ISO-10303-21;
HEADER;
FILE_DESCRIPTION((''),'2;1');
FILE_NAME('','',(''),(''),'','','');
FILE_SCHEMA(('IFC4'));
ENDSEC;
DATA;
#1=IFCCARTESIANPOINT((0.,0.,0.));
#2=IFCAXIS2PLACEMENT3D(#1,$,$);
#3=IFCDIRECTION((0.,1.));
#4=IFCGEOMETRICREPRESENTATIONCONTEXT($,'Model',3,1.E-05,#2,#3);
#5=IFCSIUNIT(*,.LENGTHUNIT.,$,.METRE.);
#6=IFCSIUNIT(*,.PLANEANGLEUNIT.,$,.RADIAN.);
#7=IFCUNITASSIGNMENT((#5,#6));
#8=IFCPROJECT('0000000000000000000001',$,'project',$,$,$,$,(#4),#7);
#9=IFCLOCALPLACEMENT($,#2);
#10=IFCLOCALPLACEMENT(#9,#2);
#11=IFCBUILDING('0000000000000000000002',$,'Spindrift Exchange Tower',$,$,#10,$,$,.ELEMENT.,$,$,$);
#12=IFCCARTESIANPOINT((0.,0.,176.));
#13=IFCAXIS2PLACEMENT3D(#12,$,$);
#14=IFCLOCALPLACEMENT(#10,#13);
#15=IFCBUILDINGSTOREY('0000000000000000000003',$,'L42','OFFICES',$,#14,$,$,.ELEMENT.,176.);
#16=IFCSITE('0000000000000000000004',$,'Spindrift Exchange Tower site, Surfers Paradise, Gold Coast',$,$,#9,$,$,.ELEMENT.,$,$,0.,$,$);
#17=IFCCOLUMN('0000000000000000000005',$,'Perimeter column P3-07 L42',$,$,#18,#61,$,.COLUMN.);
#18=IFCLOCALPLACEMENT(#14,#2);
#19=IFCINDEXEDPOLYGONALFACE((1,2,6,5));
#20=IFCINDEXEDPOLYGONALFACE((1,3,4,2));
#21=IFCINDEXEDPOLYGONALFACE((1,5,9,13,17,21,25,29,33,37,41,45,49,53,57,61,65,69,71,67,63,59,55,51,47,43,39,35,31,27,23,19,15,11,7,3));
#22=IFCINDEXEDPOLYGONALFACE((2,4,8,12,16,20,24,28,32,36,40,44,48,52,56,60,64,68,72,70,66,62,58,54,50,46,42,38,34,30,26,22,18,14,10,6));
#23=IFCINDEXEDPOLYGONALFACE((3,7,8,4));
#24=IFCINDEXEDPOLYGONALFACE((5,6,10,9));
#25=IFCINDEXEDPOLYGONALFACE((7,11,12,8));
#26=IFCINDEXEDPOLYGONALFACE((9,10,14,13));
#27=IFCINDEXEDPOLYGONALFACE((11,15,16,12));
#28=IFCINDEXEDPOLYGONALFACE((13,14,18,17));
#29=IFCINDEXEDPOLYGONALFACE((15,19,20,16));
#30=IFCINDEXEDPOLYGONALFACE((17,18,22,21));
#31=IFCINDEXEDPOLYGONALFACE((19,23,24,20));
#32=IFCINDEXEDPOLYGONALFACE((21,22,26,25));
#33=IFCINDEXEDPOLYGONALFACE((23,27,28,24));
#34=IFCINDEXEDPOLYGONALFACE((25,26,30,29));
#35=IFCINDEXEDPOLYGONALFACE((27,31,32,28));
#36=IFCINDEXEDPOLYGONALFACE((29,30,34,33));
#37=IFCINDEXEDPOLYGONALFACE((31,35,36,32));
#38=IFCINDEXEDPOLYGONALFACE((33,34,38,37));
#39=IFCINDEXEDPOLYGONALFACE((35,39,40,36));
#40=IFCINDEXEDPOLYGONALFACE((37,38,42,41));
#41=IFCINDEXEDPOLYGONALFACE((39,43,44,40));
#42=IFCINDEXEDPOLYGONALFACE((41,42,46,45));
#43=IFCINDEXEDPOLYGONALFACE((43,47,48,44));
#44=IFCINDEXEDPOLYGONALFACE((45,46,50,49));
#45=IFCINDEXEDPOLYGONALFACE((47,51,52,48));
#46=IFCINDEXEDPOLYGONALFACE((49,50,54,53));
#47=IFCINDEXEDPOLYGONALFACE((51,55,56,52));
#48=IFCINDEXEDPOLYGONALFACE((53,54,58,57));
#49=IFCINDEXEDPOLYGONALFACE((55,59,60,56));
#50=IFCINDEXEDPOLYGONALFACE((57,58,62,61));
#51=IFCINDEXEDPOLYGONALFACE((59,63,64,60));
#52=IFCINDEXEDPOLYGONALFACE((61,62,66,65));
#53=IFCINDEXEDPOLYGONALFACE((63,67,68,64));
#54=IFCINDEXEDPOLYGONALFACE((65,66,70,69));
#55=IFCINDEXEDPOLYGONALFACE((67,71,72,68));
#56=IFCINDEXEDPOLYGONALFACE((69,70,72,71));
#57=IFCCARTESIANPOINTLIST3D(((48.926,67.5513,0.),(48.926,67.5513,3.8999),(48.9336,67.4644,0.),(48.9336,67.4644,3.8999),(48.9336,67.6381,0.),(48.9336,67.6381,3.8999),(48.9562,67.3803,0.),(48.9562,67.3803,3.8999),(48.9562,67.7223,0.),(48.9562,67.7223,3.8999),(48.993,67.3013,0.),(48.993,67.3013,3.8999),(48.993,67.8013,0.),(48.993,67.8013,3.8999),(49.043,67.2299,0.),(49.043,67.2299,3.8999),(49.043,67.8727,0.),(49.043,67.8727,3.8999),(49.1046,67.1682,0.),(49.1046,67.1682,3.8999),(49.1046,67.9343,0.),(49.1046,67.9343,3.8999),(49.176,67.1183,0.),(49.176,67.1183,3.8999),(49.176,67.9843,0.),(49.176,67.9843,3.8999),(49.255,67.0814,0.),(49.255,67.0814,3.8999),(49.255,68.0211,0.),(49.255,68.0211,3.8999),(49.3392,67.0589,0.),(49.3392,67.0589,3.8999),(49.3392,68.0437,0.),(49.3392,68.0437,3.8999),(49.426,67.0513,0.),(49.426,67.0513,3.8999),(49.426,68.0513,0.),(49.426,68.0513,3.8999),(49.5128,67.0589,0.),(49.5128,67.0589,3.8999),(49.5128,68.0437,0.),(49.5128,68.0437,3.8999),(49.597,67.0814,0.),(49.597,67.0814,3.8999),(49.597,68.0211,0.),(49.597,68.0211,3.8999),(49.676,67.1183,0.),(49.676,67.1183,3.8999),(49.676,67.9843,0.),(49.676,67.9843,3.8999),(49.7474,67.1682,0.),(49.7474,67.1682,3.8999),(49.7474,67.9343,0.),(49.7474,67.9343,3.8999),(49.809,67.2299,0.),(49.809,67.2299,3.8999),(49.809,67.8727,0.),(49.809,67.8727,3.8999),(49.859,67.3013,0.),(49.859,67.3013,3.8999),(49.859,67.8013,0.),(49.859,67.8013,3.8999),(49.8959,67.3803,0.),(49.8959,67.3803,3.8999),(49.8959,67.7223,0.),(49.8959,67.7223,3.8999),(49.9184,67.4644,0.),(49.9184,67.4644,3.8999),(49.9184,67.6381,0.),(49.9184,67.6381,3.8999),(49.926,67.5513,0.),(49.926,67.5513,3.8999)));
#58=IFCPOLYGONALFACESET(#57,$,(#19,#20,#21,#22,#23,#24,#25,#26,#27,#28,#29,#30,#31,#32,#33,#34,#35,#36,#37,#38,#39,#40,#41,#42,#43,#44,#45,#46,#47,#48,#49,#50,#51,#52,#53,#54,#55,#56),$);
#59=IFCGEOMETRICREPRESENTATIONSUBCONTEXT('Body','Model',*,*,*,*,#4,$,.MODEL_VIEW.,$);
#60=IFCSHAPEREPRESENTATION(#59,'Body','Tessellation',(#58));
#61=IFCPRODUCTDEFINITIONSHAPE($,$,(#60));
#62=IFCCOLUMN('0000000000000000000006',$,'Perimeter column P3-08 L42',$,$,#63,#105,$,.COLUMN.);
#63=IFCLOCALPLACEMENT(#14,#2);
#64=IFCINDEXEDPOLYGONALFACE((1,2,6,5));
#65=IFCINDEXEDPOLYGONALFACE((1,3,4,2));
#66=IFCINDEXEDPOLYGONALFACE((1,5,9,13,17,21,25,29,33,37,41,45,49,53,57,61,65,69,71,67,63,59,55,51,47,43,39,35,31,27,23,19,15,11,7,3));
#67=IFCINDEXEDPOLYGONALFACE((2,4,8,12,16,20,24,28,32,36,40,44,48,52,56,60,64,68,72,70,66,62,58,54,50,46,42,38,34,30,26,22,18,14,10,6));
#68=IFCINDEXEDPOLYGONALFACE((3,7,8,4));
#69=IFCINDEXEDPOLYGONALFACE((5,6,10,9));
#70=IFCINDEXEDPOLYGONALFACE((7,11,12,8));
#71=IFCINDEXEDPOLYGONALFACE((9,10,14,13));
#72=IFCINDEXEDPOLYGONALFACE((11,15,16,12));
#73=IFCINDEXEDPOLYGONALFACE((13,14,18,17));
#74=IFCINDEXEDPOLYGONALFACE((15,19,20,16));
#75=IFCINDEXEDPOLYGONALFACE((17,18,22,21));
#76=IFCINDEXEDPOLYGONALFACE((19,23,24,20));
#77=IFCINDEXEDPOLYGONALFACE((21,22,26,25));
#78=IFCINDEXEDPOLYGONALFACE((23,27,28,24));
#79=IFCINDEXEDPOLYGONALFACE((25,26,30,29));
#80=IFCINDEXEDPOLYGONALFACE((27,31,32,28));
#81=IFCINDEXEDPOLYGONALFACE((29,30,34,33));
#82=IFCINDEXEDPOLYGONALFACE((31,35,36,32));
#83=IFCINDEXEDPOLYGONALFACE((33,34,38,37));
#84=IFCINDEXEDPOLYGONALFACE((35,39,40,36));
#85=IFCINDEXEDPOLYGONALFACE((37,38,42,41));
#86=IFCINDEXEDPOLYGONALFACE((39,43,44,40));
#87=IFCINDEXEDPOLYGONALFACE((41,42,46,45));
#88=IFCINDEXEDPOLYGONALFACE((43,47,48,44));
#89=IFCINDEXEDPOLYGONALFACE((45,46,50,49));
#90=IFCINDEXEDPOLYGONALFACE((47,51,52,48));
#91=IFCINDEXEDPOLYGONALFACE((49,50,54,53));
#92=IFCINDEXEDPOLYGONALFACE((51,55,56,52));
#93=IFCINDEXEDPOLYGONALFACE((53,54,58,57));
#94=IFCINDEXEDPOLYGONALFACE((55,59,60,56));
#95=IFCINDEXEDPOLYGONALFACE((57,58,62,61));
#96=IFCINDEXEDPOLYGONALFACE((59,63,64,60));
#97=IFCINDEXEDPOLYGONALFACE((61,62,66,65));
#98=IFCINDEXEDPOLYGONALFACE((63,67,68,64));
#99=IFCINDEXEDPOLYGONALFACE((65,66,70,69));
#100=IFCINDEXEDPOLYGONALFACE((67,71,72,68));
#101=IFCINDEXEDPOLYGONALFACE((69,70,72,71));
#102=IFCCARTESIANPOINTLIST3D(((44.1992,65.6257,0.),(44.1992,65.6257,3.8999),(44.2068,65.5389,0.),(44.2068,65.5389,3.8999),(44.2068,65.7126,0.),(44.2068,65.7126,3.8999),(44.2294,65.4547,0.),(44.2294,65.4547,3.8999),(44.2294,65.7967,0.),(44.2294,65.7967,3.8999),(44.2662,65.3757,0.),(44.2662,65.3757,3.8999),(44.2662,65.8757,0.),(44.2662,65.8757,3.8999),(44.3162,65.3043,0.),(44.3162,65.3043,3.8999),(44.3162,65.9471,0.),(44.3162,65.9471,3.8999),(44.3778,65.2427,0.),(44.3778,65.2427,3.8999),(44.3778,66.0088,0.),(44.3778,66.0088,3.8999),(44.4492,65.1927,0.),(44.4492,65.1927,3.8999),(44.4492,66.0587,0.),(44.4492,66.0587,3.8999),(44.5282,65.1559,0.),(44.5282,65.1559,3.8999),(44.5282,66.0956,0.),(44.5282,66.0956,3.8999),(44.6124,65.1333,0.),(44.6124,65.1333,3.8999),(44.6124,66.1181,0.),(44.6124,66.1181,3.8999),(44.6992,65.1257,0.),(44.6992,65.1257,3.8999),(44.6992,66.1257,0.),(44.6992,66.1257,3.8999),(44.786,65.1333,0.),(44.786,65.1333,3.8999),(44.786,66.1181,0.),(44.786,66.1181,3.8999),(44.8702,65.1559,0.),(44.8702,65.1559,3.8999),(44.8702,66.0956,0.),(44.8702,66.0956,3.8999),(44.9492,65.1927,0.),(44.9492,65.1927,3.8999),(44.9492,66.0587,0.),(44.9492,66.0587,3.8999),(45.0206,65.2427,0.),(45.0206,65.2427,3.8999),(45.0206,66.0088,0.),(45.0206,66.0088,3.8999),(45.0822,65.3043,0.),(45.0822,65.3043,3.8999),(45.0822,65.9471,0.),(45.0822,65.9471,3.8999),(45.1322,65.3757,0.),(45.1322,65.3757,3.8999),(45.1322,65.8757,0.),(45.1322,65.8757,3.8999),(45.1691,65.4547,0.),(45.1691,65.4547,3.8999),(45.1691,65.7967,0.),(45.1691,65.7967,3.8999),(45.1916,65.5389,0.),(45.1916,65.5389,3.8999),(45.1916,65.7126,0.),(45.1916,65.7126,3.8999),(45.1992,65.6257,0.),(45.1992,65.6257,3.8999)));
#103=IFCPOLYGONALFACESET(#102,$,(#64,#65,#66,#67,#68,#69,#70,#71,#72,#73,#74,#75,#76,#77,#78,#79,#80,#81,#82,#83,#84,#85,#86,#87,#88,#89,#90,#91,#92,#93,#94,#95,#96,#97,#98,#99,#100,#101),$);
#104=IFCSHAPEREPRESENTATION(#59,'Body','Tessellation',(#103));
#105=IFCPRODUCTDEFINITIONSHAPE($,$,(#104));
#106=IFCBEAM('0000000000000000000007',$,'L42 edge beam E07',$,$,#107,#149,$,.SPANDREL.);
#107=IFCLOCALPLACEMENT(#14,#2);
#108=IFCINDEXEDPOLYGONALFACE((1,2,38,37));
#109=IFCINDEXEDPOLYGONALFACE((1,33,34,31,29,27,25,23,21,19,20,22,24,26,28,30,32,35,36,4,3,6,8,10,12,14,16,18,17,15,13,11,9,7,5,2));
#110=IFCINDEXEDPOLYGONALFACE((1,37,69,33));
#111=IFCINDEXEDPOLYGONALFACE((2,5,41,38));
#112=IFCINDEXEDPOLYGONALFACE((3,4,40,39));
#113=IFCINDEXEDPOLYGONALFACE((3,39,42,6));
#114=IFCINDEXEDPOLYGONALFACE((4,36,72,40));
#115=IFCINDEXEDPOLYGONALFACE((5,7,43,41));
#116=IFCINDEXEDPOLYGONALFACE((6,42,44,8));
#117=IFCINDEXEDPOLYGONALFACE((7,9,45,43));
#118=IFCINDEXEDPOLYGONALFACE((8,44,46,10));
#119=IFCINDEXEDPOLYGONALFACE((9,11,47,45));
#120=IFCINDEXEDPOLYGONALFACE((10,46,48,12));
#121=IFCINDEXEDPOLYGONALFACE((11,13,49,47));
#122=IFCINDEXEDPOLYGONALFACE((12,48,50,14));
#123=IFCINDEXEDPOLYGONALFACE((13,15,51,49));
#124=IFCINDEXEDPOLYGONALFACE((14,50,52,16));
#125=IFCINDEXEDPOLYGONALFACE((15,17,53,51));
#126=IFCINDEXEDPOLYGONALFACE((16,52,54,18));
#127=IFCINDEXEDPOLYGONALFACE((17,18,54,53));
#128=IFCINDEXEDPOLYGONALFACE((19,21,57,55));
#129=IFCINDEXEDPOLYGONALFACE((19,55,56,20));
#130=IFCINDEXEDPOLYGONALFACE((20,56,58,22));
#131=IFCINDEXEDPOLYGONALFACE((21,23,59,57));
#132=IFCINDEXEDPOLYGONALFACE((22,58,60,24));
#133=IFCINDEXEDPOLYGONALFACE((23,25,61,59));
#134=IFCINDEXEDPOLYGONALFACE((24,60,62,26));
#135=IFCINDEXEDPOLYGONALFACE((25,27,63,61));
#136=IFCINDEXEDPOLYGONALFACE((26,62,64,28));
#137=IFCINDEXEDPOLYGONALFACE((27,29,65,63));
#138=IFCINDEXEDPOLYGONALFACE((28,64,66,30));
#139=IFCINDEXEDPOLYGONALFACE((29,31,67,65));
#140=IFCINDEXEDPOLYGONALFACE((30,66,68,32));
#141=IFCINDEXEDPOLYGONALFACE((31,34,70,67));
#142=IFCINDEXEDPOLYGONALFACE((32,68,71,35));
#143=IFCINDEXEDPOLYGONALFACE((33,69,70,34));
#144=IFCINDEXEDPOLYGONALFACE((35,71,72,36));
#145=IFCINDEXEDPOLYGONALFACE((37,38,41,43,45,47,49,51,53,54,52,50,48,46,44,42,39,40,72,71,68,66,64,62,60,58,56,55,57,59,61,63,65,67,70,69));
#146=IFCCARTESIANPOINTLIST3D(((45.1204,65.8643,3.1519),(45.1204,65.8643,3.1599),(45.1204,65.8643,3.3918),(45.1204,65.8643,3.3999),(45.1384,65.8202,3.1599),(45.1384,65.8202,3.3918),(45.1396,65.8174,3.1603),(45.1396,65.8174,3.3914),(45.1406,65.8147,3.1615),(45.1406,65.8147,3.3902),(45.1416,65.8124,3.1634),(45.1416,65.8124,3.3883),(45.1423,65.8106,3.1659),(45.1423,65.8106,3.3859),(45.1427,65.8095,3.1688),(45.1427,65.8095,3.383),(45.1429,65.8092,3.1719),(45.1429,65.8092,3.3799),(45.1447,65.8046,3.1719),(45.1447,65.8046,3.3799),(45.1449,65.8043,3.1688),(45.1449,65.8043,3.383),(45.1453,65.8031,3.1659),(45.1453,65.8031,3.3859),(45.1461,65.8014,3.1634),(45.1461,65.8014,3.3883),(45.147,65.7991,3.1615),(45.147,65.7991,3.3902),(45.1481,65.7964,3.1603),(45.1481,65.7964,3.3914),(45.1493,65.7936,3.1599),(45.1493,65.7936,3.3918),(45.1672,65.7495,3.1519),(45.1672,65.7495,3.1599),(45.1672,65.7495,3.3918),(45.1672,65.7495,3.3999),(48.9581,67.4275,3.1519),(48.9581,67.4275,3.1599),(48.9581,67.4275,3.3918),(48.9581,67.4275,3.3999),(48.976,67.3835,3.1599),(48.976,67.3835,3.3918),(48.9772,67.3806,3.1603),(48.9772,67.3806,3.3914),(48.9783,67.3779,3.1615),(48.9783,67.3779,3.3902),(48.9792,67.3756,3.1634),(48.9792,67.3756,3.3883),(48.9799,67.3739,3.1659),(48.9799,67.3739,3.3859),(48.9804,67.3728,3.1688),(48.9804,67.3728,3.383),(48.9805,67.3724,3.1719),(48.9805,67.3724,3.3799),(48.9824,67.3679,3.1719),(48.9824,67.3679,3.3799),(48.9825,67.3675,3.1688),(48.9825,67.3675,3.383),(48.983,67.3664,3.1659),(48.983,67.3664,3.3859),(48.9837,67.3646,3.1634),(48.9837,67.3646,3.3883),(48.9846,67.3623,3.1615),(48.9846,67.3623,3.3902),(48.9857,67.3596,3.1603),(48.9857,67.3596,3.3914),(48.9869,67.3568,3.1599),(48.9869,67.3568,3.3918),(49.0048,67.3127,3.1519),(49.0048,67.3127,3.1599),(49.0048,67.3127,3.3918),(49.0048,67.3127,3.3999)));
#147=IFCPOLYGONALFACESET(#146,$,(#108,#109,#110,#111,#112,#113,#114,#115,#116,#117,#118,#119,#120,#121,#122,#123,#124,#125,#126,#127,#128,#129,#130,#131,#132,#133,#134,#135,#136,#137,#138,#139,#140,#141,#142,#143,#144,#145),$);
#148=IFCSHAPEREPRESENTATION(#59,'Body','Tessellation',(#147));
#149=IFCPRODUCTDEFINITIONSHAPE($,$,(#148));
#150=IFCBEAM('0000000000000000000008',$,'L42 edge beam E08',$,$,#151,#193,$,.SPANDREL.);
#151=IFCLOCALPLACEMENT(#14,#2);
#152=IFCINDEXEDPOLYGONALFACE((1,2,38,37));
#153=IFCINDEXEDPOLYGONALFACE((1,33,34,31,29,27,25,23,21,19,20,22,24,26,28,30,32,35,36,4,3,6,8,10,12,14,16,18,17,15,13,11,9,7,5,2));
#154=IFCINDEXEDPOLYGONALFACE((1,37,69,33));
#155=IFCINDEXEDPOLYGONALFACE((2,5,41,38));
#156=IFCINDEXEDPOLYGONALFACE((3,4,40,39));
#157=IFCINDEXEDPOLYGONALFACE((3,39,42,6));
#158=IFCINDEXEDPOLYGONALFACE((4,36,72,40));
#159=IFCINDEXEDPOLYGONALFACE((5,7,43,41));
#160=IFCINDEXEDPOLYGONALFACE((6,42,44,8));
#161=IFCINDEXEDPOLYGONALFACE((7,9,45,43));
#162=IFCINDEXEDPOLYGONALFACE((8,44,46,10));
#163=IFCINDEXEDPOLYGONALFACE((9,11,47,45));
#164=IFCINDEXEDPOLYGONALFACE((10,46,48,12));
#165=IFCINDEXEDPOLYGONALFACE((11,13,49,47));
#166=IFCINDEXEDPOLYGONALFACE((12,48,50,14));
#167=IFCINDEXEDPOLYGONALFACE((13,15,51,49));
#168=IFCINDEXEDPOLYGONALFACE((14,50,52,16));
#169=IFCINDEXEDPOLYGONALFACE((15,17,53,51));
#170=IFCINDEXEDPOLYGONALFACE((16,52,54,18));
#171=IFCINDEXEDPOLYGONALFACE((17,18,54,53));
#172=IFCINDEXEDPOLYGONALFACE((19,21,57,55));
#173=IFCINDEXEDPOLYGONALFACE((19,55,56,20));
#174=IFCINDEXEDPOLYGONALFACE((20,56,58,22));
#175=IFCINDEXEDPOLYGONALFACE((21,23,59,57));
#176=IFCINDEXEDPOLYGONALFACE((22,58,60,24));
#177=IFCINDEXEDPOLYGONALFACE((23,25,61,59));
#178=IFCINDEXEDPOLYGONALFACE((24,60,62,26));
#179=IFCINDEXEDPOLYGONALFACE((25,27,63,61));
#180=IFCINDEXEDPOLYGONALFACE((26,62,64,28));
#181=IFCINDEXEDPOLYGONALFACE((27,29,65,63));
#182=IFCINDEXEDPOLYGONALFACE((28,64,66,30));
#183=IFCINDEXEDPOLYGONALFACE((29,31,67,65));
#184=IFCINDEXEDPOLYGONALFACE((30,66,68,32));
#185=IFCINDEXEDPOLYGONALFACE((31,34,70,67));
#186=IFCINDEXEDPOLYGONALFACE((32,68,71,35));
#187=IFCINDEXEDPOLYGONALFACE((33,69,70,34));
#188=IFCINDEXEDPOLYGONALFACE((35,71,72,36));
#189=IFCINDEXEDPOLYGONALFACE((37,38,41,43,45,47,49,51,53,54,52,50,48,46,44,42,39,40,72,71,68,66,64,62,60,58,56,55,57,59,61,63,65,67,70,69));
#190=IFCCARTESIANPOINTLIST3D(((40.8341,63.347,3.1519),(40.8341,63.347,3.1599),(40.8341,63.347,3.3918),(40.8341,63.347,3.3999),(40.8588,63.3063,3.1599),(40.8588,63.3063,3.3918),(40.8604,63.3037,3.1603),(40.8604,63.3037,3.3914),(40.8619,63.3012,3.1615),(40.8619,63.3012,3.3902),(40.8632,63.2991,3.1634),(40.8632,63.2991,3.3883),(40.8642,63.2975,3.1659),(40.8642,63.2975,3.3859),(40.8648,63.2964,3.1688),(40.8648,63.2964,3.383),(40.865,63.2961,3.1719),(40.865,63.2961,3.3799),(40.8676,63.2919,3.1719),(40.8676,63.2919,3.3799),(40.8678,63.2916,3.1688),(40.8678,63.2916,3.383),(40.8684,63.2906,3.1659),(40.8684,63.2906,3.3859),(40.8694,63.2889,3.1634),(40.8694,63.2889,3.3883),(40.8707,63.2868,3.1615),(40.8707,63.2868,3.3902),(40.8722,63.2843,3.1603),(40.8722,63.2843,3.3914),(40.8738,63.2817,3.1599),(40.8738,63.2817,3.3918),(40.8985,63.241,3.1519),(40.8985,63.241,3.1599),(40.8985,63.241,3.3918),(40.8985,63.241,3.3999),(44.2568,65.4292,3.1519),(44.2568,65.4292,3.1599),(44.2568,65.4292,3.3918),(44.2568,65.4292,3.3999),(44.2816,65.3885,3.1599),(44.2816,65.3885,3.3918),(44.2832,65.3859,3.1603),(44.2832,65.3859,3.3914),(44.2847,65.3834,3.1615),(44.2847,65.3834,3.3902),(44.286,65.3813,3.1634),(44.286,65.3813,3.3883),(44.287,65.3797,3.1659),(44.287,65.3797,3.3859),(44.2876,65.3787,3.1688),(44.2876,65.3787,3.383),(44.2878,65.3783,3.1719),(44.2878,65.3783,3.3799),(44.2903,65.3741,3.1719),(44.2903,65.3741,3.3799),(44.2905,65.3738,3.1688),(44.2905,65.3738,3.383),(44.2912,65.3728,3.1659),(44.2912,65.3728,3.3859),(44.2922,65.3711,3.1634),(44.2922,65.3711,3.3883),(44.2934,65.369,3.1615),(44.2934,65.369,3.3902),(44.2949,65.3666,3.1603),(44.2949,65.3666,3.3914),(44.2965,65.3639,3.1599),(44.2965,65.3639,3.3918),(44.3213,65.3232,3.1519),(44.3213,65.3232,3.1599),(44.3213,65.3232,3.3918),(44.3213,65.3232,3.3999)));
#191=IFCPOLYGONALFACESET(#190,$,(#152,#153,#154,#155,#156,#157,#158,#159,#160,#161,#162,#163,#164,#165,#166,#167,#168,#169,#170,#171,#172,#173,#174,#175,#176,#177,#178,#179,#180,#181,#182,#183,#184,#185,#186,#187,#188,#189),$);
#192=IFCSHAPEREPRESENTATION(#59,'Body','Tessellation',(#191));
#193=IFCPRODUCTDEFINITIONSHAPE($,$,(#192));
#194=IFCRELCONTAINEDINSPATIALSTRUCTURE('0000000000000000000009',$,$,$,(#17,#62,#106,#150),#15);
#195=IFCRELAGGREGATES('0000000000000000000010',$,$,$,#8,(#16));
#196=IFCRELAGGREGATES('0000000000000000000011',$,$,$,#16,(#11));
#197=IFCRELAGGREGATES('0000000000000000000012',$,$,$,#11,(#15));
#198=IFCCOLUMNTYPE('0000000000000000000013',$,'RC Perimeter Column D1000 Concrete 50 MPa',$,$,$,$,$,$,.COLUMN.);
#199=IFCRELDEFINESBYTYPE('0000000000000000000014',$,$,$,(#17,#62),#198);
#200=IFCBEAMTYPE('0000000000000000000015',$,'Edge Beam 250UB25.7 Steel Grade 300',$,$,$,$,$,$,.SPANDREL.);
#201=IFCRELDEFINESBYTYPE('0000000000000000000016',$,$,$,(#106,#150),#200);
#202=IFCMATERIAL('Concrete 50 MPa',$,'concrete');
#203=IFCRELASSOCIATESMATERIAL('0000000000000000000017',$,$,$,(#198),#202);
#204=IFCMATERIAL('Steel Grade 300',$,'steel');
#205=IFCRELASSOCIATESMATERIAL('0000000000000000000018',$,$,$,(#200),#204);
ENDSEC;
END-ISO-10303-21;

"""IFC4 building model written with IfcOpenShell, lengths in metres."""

from ifc_helpers import new_model, si_unit, direction, frame, origin, origin_2d, place, context, subcontext, project, spatial, circle, i_section, extrude, source, transform, mapped, material, material_profile, profile_set, type_object, element, save


model = new_model("IFC4")

# Units and contexts
model_context = context("Model", 3, precision=1e-05, world=origin(), true_north=direction((0.0, 1.0)))
body_context = subcontext(model_context, "Body", "Model", "MODEL_VIEW")
ifc_project = project(units=[si_unit("LENGTHUNIT", "METRE"), si_unit("PLANEANGLEUNIT", "RADIAN")], contexts=[model_context])

# Site, building, storey
site_placement = place(None, origin())
site = spatial("IfcSite", under=ifc_project, at=site_placement, Name="Spindrift Exchange Tower site, Surfers Paradise, Gold Coast", CompositionType="ELEMENT", RefElevation=0.0)
building_placement = place(site_placement, origin())
building = spatial("IfcBuilding", under=site, at=building_placement, Name="Spindrift Exchange Tower", CompositionType="ELEMENT")
storey_placement = place(building_placement, frame((0.0, 0.0, 176.0)))
storey = spatial("IfcBuildingStorey", under=building, at=storey_placement, Name="L42", Description="OFFICES", CompositionType="ELEMENT", Elevation=176.0)

# Columns
ifc_material_1 = material(Name="Concrete 50 MPa", Category="concrete")
ifc_material_profile_1 = material_profile(ifc_material_1, circle(Radius=0.5, at=origin_2d()), Name="RC D1000")
ifc_profile_set_1 = profile_set([ifc_material_profile_1], Name="Concrete 50 MPa")
column_type = type_object("IfcColumnType", Name="RC Perimeter Column D1000 Concrete 50 MPa", PredefinedType="COLUMN", material=ifc_profile_set_1)
shared_shape_1 = source(origin(), body_context, "Body", "SweptSolid", [
    extrude(circle(Radius=0.5, at=origin_2d()), origin(), (0.0, 0.0, 1.0), 3.8999),
])
for number, where, z_axis, x_axis, name in (
    (1, (49.426, 67.5513, 0.0), (0.0, 0.0, 1.0), (1.0, 0.0, 0.0), "Perimeter column P3-07 L42"),
    (2, (44.6992, 65.6257, 0.0), (0.0, 0.0, 1.0), (1.0, 0.0, 0.0), "Perimeter column P3-08 L42"),
):
    element("IfcColumn", number, at=place(storey_placement, frame(where, z_axis=z_axis, x_axis=x_axis)), inside=storey, type_object=column_type, Name=name, PredefinedType="COLUMN", context=body_context, shape_type="MappedRepresentation", body=[
        mapped(shared_shape_1, transform((0.0, 0.0, 0.0), scale=1.0)),
    ])

# Beams
ifc_material_2 = material(Name="Steel Grade 300", Category="steel")
ifc_material_profile_2 = material_profile(ifc_material_2, i_section(OverallWidth=0.124, OverallDepth=0.248, WebThickness=0.0049, FlangeThickness=0.0081, FilletRadius=0.012, at=origin_2d()), Name="250UB25.7")
ifc_profile_set_2 = profile_set([ifc_material_profile_2], Name="Steel Grade 300")
beam_type_1 = type_object("IfcBeamType", Name="Edge Beam 250UB25.7 Steel Grade 300", PredefinedType="SPANDREL", material=ifc_profile_set_2)
shared_shape_2 = source(origin(), body_context, "Body", "SweptSolid", [
    extrude(i_section(OverallWidth=0.124, OverallDepth=0.248, WebThickness=0.0049, FlangeThickness=0.0081, FilletRadius=0.012, at=origin_2d()), origin(), (0.0, 0.0, 1.0), 4.1438),
])
beam_1_placement = place(storey_placement, frame((48.9814, 67.3701, 3.2759), z_axis=(-0.926114, -0.377244, 0.0), x_axis=(0.377244, -0.926114, 0.0)))
element("IfcBeam", 3, at=beam_1_placement, inside=storey, type_object=beam_type_1, Name="L42 edge beam E07", PredefinedType="SPANDREL", context=body_context, shape_type="MappedRepresentation", body=[
    mapped(shared_shape_2, transform((0.0, 0.0, 0.0), scale=1.0)),
])
shared_shape_3 = source(origin(), body_context, "Body", "SweptSolid", [
    extrude(i_section(OverallWidth=0.124, OverallDepth=0.248, WebThickness=0.0049, FlangeThickness=0.0081, FilletRadius=0.012, at=origin_2d()), origin(), (0.0, 0.0, 1.0), 4.0063),
])
beam_2_placement = place(storey_placement, frame((44.2891, 65.3762, 3.2759), z_axis=(-0.854331, -0.519728, 0.0), x_axis=(0.519728, -0.854331, 0.0)))
element("IfcBeam", 4, at=beam_2_placement, inside=storey, type_object=beam_type_1, Name="L42 edge beam E08", PredefinedType="SPANDREL", context=body_context, shape_type="MappedRepresentation", body=[
    mapped(shared_shape_3, transform((0.0, 0.0, 0.0), scale=1.0)),
])

save(model, "model.ifc")
